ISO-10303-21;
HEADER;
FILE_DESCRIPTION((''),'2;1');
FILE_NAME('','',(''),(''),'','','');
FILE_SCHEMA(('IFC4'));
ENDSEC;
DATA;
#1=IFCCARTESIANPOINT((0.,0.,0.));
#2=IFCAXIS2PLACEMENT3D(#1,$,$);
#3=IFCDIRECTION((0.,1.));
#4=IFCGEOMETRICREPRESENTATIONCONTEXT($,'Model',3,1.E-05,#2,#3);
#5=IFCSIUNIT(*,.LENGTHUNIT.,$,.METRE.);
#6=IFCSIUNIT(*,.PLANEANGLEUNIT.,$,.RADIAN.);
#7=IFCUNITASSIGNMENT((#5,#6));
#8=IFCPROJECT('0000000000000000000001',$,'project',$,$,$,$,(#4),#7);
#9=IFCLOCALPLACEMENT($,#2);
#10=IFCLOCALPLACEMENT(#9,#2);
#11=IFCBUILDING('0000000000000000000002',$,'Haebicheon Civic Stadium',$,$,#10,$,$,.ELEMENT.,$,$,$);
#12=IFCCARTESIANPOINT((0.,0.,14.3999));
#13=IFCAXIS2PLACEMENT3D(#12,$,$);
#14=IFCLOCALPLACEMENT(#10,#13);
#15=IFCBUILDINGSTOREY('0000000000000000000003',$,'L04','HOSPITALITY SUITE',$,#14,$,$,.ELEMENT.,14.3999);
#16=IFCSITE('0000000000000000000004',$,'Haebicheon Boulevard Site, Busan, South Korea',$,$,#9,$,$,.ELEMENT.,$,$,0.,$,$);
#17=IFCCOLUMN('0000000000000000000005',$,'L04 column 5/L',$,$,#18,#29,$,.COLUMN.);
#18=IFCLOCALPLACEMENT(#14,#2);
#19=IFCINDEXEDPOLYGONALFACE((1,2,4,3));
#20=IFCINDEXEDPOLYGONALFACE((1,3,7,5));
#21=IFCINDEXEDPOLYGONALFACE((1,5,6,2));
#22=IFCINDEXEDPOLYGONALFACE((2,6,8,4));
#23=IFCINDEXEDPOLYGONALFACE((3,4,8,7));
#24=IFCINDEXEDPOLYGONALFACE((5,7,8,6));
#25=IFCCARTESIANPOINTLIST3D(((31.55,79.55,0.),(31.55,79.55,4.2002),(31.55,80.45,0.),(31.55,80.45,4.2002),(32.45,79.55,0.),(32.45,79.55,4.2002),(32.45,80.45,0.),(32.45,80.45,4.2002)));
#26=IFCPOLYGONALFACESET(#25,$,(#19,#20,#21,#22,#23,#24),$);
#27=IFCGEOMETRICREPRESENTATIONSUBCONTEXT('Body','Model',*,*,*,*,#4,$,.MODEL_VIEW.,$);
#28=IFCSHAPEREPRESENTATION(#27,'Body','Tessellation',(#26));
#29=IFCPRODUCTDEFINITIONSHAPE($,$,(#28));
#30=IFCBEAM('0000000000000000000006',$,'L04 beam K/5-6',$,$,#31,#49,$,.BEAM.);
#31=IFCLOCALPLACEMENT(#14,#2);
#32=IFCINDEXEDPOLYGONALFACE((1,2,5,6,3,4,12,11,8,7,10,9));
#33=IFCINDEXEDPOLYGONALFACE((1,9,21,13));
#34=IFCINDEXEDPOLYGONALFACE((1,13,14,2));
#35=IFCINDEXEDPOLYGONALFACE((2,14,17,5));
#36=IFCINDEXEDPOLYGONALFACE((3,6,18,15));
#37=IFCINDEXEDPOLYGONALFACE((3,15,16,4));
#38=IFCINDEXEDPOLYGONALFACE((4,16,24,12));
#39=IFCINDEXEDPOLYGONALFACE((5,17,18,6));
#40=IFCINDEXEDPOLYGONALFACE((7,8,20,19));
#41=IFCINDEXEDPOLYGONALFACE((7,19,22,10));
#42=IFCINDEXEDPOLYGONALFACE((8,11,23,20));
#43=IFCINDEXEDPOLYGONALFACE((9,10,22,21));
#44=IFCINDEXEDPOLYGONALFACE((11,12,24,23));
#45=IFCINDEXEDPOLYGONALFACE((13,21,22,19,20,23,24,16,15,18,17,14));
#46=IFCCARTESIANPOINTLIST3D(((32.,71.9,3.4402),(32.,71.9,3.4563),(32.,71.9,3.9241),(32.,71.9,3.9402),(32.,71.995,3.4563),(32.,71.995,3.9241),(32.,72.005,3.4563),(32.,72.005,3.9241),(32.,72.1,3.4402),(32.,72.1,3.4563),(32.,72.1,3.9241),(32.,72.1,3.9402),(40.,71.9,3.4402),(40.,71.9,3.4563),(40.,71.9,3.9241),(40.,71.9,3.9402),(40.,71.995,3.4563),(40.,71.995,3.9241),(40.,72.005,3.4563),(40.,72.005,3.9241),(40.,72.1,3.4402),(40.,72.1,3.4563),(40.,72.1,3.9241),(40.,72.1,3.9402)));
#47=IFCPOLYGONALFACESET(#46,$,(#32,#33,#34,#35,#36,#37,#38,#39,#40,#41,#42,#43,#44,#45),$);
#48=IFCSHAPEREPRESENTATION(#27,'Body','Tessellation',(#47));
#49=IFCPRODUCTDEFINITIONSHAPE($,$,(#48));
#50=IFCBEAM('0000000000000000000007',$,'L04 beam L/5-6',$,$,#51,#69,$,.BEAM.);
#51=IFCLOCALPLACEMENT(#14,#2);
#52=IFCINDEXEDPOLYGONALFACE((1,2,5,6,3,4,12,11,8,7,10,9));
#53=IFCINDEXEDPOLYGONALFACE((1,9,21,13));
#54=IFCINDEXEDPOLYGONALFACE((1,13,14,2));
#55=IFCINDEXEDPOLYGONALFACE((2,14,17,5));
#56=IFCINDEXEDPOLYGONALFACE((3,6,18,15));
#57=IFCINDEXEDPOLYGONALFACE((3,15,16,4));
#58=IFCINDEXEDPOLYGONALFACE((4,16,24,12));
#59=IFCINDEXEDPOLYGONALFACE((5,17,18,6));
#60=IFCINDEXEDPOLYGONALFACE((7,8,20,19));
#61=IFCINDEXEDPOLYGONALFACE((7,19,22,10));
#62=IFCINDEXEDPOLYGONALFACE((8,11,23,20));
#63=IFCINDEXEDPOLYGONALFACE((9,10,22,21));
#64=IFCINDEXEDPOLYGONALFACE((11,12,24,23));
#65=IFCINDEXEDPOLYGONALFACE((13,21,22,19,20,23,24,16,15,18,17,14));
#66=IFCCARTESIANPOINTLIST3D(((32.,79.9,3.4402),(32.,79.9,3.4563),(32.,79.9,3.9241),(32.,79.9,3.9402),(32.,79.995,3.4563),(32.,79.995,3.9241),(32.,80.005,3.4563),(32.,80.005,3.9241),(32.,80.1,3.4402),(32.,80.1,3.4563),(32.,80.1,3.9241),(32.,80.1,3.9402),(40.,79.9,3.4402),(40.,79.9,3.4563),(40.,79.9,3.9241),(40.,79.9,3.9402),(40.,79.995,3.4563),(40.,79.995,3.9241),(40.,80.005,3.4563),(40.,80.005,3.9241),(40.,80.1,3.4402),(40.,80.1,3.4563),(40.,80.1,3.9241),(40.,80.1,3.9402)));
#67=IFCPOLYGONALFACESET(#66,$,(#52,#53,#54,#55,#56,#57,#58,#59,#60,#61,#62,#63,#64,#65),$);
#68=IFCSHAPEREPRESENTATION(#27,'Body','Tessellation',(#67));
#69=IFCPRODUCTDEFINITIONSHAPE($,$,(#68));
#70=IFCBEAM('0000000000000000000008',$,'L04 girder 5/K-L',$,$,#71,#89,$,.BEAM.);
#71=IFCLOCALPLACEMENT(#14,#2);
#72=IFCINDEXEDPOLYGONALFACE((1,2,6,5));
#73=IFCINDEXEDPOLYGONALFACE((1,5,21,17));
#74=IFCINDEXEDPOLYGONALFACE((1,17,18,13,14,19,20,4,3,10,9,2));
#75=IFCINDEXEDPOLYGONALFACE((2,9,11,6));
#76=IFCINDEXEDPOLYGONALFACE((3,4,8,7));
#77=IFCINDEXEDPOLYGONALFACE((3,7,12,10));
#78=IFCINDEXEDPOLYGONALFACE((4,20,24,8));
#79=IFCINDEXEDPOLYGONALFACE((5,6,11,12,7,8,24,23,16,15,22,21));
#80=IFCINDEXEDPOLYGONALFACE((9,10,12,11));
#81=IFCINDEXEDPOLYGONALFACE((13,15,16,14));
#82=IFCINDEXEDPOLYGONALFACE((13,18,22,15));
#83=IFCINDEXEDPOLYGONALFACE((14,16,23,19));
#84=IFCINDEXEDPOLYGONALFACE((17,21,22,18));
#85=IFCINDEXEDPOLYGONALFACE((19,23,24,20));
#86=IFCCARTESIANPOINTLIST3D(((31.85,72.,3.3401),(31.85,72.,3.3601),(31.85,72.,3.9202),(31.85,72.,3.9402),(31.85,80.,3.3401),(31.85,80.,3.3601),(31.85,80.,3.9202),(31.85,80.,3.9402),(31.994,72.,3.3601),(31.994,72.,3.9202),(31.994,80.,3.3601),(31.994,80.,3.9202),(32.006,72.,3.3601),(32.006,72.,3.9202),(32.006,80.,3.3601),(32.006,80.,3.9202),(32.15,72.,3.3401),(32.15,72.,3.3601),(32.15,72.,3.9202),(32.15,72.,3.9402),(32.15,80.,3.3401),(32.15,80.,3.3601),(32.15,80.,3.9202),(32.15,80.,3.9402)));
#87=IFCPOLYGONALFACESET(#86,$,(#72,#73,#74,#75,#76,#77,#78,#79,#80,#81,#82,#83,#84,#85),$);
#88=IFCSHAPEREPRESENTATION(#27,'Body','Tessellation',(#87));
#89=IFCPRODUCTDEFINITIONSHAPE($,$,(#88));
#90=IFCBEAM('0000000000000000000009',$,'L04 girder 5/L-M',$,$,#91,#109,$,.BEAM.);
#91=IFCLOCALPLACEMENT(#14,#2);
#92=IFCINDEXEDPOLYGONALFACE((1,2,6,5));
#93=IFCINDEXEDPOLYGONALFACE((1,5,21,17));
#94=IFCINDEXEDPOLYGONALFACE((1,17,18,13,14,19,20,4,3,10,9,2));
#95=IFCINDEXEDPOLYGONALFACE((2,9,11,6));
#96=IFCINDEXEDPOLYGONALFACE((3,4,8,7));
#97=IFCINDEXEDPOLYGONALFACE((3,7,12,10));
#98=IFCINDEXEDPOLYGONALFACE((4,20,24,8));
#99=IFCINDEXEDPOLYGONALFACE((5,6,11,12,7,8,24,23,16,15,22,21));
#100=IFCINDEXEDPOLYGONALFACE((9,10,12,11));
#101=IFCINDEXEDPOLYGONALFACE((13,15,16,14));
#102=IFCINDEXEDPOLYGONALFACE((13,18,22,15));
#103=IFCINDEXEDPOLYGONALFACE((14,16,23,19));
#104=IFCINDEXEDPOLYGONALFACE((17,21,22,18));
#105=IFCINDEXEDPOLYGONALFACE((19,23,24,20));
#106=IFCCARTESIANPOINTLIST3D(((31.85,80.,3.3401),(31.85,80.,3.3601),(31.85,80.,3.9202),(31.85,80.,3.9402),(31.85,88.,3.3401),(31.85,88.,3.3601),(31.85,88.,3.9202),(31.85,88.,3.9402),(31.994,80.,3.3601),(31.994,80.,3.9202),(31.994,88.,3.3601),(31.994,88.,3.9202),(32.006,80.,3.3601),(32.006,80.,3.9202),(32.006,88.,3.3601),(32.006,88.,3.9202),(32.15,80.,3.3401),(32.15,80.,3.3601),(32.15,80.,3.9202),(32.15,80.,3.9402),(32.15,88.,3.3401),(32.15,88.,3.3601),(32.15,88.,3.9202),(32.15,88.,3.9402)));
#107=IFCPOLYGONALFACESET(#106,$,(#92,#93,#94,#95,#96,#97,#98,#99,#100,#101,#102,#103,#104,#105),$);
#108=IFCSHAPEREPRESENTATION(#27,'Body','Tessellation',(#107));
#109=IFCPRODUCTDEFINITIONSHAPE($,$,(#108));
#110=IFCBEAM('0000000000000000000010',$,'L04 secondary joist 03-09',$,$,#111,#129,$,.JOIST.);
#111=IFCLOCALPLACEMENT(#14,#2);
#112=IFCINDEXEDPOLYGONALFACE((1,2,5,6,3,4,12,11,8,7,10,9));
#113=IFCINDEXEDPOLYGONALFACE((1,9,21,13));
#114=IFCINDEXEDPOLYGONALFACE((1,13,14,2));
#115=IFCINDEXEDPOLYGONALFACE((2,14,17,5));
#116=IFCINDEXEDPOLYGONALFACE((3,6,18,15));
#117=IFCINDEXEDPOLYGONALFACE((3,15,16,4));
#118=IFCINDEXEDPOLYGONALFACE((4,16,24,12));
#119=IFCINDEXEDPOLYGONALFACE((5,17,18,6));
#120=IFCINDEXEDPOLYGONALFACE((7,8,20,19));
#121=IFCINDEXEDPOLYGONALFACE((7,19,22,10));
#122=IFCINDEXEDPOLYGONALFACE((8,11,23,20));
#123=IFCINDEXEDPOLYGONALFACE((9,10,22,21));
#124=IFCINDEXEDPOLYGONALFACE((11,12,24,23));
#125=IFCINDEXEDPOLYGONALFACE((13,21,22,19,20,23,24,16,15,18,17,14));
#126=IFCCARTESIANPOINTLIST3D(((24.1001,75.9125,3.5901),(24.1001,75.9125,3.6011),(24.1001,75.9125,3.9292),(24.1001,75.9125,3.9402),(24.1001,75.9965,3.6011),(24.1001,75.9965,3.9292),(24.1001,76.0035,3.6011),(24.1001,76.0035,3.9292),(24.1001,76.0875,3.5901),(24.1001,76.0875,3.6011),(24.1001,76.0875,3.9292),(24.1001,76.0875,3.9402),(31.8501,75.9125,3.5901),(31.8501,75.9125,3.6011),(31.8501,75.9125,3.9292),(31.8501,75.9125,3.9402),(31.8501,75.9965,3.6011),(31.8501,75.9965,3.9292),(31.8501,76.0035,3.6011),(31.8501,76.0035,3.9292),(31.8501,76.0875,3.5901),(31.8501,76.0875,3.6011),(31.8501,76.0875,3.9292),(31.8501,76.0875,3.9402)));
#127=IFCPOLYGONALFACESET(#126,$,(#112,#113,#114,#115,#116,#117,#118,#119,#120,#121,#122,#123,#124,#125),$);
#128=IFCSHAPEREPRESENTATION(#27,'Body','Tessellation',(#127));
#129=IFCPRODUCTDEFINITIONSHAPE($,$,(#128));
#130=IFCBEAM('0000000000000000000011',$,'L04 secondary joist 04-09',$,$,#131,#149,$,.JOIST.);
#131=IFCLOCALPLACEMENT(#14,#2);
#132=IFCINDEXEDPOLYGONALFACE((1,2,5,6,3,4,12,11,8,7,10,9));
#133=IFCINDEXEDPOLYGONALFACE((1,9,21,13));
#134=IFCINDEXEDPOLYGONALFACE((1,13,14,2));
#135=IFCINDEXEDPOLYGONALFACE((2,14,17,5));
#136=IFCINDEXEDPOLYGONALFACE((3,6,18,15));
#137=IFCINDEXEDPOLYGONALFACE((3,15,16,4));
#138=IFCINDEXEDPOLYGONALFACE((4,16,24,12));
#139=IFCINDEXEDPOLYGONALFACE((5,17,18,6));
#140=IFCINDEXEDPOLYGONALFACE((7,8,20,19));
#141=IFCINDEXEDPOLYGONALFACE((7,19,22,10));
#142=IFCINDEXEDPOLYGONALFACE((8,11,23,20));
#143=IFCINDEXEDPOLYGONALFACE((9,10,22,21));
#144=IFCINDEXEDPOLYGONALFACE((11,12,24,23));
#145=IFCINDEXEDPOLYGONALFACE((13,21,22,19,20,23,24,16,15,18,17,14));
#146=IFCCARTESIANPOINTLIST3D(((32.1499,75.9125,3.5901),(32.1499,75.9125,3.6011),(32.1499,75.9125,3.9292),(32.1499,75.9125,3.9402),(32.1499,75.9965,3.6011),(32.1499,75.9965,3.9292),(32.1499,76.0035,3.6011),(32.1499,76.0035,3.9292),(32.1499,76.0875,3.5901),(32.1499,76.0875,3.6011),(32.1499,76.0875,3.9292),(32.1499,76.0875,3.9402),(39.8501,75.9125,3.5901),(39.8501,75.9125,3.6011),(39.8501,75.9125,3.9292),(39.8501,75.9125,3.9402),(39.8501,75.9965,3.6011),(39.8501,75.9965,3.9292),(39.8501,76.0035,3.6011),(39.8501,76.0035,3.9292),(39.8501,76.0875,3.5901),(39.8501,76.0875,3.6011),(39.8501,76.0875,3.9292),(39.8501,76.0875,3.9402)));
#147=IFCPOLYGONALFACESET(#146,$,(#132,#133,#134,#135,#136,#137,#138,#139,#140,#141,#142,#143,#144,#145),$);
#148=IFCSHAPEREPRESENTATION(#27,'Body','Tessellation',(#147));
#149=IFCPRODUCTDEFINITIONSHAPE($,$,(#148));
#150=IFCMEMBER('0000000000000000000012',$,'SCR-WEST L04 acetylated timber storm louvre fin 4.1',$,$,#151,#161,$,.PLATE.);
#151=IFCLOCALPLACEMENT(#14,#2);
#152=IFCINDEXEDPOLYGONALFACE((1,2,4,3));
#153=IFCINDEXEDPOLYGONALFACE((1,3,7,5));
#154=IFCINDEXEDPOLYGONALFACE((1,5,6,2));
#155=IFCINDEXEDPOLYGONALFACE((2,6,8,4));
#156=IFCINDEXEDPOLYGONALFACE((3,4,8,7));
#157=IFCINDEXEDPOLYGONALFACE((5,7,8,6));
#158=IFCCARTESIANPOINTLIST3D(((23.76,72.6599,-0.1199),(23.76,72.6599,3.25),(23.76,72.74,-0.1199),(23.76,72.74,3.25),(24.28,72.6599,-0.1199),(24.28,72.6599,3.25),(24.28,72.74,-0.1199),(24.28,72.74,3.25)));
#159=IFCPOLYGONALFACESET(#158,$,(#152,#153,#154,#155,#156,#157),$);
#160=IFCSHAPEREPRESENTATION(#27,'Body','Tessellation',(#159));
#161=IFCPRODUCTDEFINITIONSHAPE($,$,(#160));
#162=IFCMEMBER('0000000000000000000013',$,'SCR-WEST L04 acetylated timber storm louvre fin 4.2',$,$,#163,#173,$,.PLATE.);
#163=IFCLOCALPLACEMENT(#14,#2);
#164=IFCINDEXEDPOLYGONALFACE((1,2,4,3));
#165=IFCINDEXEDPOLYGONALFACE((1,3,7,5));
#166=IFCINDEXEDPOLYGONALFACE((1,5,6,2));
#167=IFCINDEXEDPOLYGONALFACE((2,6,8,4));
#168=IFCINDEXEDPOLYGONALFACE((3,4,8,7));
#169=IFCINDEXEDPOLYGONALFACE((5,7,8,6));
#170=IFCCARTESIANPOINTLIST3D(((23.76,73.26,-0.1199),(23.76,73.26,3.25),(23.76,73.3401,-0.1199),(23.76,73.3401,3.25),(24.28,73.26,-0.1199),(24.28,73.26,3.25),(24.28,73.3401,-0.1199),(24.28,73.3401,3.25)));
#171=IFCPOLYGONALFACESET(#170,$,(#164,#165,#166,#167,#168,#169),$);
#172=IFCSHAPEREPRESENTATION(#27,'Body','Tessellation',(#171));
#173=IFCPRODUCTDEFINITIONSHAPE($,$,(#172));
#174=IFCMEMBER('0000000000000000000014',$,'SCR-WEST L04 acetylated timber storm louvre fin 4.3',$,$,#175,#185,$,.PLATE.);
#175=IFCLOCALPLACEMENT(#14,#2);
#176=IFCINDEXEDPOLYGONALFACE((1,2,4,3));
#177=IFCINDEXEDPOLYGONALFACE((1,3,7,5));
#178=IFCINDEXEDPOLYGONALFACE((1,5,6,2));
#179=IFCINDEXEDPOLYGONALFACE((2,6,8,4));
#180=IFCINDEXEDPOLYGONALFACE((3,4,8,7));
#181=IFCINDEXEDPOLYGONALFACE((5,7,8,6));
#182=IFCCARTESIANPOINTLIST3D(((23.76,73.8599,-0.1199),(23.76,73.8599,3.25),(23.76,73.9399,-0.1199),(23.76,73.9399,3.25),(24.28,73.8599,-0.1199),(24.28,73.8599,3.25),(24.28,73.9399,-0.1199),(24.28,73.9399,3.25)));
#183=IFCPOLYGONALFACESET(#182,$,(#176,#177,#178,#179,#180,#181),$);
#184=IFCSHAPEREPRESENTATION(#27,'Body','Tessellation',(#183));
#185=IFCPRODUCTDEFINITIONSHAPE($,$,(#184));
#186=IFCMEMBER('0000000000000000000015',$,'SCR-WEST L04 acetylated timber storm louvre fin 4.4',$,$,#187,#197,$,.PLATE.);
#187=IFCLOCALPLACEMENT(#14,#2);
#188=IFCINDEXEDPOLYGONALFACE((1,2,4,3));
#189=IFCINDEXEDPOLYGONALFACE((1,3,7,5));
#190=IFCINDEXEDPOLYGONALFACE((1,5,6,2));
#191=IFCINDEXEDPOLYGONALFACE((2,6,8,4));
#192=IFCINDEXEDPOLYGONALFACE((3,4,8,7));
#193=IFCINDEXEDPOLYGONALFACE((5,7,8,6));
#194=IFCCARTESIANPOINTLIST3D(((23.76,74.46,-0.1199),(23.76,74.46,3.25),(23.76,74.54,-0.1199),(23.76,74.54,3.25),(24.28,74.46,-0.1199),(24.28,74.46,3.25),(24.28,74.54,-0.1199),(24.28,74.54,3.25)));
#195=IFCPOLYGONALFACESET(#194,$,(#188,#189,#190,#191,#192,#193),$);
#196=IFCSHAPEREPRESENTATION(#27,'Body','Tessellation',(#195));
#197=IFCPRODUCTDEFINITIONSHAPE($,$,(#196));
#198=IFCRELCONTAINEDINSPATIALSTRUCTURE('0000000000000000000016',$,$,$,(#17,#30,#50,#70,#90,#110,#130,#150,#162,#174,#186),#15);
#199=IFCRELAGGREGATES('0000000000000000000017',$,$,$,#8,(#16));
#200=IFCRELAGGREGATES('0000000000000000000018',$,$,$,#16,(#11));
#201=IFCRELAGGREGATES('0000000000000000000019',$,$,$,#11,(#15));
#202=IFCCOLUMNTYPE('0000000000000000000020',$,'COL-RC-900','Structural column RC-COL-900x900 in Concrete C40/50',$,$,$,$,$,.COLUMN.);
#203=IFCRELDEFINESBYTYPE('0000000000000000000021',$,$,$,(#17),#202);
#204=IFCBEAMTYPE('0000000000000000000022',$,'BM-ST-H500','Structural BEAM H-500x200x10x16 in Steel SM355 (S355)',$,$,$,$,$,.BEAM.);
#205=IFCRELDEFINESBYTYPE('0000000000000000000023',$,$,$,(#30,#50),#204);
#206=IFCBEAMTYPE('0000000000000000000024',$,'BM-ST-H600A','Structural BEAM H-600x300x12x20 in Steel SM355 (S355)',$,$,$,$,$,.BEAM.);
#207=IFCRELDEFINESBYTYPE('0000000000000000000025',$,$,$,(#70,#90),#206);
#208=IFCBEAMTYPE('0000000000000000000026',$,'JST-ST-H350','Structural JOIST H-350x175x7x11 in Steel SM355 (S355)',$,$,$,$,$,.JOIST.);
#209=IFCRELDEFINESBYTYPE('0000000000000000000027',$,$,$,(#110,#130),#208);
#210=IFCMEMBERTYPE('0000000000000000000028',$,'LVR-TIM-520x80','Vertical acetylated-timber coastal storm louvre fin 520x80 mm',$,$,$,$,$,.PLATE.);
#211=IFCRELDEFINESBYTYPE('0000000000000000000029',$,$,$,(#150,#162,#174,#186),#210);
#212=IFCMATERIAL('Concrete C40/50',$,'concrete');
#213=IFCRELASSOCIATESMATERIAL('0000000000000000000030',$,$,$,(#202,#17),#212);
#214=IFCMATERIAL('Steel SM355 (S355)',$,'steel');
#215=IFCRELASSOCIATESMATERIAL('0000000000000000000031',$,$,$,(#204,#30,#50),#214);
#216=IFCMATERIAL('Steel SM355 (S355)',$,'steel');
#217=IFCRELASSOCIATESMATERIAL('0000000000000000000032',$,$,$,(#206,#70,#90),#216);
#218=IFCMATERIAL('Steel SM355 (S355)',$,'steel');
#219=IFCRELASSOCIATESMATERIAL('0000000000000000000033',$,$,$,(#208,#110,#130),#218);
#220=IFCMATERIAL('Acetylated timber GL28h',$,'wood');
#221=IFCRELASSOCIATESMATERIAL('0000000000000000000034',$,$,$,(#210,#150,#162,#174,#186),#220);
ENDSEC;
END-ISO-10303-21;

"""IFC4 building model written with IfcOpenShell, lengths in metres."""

from ifc_helpers import new_model, si_unit, direction, frame, origin, origin_2d, place, context, subcontext, project, spatial, rectangle, i_section, extrude, material, material_profile, profile_set, type_object, element, save


model = new_model("IFC4")

# Units and contexts
model_context = context("Model", 3, precision=1e-05, world=origin(), true_north=direction((0.0, 1.0)))
body_context = subcontext(model_context, "Body", "Model", "MODEL_VIEW")
ifc_project = project(units=[si_unit("LENGTHUNIT", "METRE"), si_unit("PLANEANGLEUNIT", "RADIAN")], contexts=[model_context])

# Site, building, storey
site_placement = place(None, origin())
site = spatial("IfcSite", under=ifc_project, at=site_placement, Name="Haebicheon Boulevard Site, Busan, South Korea", CompositionType="ELEMENT", RefElevation=0.0)
building_placement = place(site_placement, origin())
building = spatial("IfcBuilding", under=site, at=building_placement, Name="Haebicheon Civic Stadium", CompositionType="ELEMENT")
storey_placement = place(building_placement, frame((0.0, 0.0, 14.3999)))
storey = spatial("IfcBuildingStorey", under=building, at=storey_placement, Name="L04", Description="HOSPITALITY SUITE", CompositionType="ELEMENT", Elevation=14.3999)

# Column
ifc_material_1 = material(Name="Concrete C40/50", Category="concrete")
ifc_material_profile_1 = material_profile(ifc_material_1, rectangle(XDim=0.8999, YDim=0.8999, at=origin_2d()), Name="RC-COL-900x900")
ifc_profile_set_1 = profile_set([ifc_material_profile_1], Name="Concrete C40/50")
column_type = type_object("IfcColumnType", Name="COL-RC-900", Description="Structural column RC-COL-900x900 in Concrete C40/50", PredefinedType="COLUMN", material=ifc_profile_set_1)
column_placement = place(storey_placement, frame((32.0, 80.0, 0.0), z_axis=(0.0, 0.0, 1.0), x_axis=(1.0, 0.0, 0.0)))
element("IfcColumn", 1, at=column_placement, inside=storey, type_object=column_type, material=ifc_profile_set_1, Name="L04 column 5/L", PredefinedType="COLUMN", context=body_context, shape_type="SweptSolid", body=[
    extrude(rectangle(XDim=0.8999, YDim=0.8999, at=origin_2d()), origin(), (0.0, 0.0, 1.0), 4.2002),
])

# Beams
ifc_material_2 = material(Name="Steel SM355 (S355)", Category="steel")
ifc_material_profile_2 = material_profile(ifc_material_2, i_section(OverallWidth=0.2, OverallDepth=0.5, WebThickness=0.01, FlangeThickness=0.0161, at=origin_2d()), Name="H-500x200x10x16")
ifc_profile_set_2 = profile_set([ifc_material_profile_2], Name="Steel SM355 (S355)")
beam_type_1 = type_object("IfcBeamType", Name="BM-ST-H500", Description="Structural BEAM H-500x200x10x16 in Steel SM355 (S355)", PredefinedType="BEAM", material=ifc_profile_set_2)
for number, where, z_axis, x_axis, name in (
    (2, (32.0, 72.0, 3.6902), (1.0, 0.0, 0.0), (0.0, 1.0, 0.0), "L04 beam K/5-6"),
    (3, (32.0, 80.0, 3.6902), (1.0, 0.0, 0.0), (0.0, 1.0, 0.0), "L04 beam L/5-6"),
):
    element("IfcBeam", number, at=place(storey_placement, frame(where, z_axis=z_axis, x_axis=x_axis)), inside=storey, type_object=beam_type_1, material=ifc_profile_set_2, Name=name, PredefinedType="BEAM", context=body_context, shape_type="SweptSolid", body=[
        extrude(i_section(OverallWidth=0.2, OverallDepth=0.5, WebThickness=0.01, FlangeThickness=0.0161, at=origin_2d()), origin(), (0.0, 0.0, 1.0), 8.0),
    ])
ifc_material_3 = material(Name="Steel SM355 (S355)", Category="steel")
ifc_material_profile_3 = material_profile(ifc_material_3, i_section(OverallWidth=0.3, OverallDepth=0.6001, WebThickness=0.012, FlangeThickness=0.02, at=origin_2d()), Name="H-600x300x12x20")
ifc_profile_set_3 = profile_set([ifc_material_profile_3], Name="Steel SM355 (S355)")
beam_type_2 = type_object("IfcBeamType", Name="BM-ST-H600A", Description="Structural BEAM H-600x300x12x20 in Steel SM355 (S355)", PredefinedType="BEAM", material=ifc_profile_set_3)
for number, where, z_axis, x_axis, name in (
    (4, (32.0, 72.0, 3.6401), (0.0, 1.0, 0.0), (-1.0, 0.0, 0.0), "L04 girder 5/K-L"),
    (5, (32.0, 80.0, 3.6401), (0.0, 1.0, 0.0), (-1.0, 0.0, 0.0), "L04 girder 5/L-M"),
):
    element("IfcBeam", number, at=place(storey_placement, frame(where, z_axis=z_axis, x_axis=x_axis)), inside=storey, type_object=beam_type_2, material=ifc_profile_set_3, Name=name, PredefinedType="BEAM", context=body_context, shape_type="SweptSolid", body=[
        extrude(i_section(OverallWidth=0.3, OverallDepth=0.6001, WebThickness=0.012, FlangeThickness=0.02, at=origin_2d()), origin(), (0.0, 0.0, 1.0), 8.0),
    ])
ifc_material_4 = material(Name="Steel SM355 (S355)", Category="steel")
ifc_material_profile_4 = material_profile(ifc_material_4, i_section(OverallWidth=0.175, OverallDepth=0.3501, WebThickness=0.0071, FlangeThickness=0.011, at=origin_2d()), Name="H-350x175x7x11")
ifc_profile_set_4 = profile_set([ifc_material_profile_4], Name="Steel SM355 (S355)")
beam_type_3 = type_object("IfcBeamType", Name="JST-ST-H350", Description="Structural JOIST H-350x175x7x11 in Steel SM355 (S355)", PredefinedType="JOIST", material=ifc_profile_set_4)
beam_1_placement = place(storey_placement, frame((24.1001, 76.0, 3.7651), z_axis=(1.0, 0.0, 0.0), x_axis=(0.0, 1.0, 0.0)))
element("IfcBeam", 6, at=beam_1_placement, inside=storey, type_object=beam_type_3, material=ifc_profile_set_4, Name="L04 secondary joist 03-09", PredefinedType="JOIST", context=body_context, shape_type="SweptSolid", body=[
    extrude(i_section(OverallWidth=0.175, OverallDepth=0.3501, WebThickness=0.0071, FlangeThickness=0.011, at=origin_2d()), origin(), (0.0, 0.0, 1.0), 7.75),
])
beam_2_placement = place(storey_placement, frame((32.1499, 76.0, 3.7651), z_axis=(1.0, 0.0, 0.0), x_axis=(0.0, 1.0, 0.0)))
element("IfcBeam", 7, at=beam_2_placement, inside=storey, type_object=beam_type_3, material=ifc_profile_set_4, Name="L04 secondary joist 04-09", PredefinedType="JOIST", context=body_context, shape_type="SweptSolid", body=[
    extrude(i_section(OverallWidth=0.175, OverallDepth=0.3501, WebThickness=0.0071, FlangeThickness=0.011, at=origin_2d()), origin(), (0.0, 0.0, 1.0), 7.7002),
])

# Members
ifc_material_5 = material(Name="Acetylated timber GL28h", Category="wood")
ifc_material_profile_5 = material_profile(ifc_material_5, rectangle(XDim=0.0801, YDim=0.52, at=origin_2d()), Name="TMB-LOUV-80x520")
ifc_profile_set_5 = profile_set([ifc_material_profile_5], Name="Acetylated timber GL28h")
member_type = type_object("IfcMemberType", Name="LVR-TIM-520x80", Description="Vertical acetylated-timber coastal storm louvre fin 520x80 mm", PredefinedType="PLATE", material=ifc_profile_set_5)
for number, where, z_axis, x_axis, name in (
    (8, (24.02, 72.7, -0.1199), (0.0, 0.0, 1.0), (0.0, 1.0, 0.0), "SCR-WEST L04 acetylated timber storm louvre fin 4.1"),
    (9, (24.02, 73.3, -0.1199), (0.0, 0.0, 1.0), (0.0, 1.0, 0.0), "SCR-WEST L04 acetylated timber storm louvre fin 4.2"),
    (10, (24.02, 73.8999, -0.1199), (0.0, 0.0, 1.0), (0.0, 1.0, 0.0), "SCR-WEST L04 acetylated timber storm louvre fin 4.3"),
    (11, (24.02, 74.5, -0.1199), (0.0, 0.0, 1.0), (0.0, 1.0, 0.0), "SCR-WEST L04 acetylated timber storm louvre fin 4.4"),
):
    element("IfcMember", number, at=place(storey_placement, frame(where, z_axis=z_axis, x_axis=x_axis)), inside=storey, type_object=member_type, material=ifc_profile_set_5, Name=name, PredefinedType="PLATE", context=body_context, shape_type="SweptSolid", body=[
        extrude(rectangle(XDim=0.0801, YDim=0.52, at=origin_2d()), origin(), (0.0, 0.0, 1.0), 3.3699),
    ])

save(model, "model.ifc")
